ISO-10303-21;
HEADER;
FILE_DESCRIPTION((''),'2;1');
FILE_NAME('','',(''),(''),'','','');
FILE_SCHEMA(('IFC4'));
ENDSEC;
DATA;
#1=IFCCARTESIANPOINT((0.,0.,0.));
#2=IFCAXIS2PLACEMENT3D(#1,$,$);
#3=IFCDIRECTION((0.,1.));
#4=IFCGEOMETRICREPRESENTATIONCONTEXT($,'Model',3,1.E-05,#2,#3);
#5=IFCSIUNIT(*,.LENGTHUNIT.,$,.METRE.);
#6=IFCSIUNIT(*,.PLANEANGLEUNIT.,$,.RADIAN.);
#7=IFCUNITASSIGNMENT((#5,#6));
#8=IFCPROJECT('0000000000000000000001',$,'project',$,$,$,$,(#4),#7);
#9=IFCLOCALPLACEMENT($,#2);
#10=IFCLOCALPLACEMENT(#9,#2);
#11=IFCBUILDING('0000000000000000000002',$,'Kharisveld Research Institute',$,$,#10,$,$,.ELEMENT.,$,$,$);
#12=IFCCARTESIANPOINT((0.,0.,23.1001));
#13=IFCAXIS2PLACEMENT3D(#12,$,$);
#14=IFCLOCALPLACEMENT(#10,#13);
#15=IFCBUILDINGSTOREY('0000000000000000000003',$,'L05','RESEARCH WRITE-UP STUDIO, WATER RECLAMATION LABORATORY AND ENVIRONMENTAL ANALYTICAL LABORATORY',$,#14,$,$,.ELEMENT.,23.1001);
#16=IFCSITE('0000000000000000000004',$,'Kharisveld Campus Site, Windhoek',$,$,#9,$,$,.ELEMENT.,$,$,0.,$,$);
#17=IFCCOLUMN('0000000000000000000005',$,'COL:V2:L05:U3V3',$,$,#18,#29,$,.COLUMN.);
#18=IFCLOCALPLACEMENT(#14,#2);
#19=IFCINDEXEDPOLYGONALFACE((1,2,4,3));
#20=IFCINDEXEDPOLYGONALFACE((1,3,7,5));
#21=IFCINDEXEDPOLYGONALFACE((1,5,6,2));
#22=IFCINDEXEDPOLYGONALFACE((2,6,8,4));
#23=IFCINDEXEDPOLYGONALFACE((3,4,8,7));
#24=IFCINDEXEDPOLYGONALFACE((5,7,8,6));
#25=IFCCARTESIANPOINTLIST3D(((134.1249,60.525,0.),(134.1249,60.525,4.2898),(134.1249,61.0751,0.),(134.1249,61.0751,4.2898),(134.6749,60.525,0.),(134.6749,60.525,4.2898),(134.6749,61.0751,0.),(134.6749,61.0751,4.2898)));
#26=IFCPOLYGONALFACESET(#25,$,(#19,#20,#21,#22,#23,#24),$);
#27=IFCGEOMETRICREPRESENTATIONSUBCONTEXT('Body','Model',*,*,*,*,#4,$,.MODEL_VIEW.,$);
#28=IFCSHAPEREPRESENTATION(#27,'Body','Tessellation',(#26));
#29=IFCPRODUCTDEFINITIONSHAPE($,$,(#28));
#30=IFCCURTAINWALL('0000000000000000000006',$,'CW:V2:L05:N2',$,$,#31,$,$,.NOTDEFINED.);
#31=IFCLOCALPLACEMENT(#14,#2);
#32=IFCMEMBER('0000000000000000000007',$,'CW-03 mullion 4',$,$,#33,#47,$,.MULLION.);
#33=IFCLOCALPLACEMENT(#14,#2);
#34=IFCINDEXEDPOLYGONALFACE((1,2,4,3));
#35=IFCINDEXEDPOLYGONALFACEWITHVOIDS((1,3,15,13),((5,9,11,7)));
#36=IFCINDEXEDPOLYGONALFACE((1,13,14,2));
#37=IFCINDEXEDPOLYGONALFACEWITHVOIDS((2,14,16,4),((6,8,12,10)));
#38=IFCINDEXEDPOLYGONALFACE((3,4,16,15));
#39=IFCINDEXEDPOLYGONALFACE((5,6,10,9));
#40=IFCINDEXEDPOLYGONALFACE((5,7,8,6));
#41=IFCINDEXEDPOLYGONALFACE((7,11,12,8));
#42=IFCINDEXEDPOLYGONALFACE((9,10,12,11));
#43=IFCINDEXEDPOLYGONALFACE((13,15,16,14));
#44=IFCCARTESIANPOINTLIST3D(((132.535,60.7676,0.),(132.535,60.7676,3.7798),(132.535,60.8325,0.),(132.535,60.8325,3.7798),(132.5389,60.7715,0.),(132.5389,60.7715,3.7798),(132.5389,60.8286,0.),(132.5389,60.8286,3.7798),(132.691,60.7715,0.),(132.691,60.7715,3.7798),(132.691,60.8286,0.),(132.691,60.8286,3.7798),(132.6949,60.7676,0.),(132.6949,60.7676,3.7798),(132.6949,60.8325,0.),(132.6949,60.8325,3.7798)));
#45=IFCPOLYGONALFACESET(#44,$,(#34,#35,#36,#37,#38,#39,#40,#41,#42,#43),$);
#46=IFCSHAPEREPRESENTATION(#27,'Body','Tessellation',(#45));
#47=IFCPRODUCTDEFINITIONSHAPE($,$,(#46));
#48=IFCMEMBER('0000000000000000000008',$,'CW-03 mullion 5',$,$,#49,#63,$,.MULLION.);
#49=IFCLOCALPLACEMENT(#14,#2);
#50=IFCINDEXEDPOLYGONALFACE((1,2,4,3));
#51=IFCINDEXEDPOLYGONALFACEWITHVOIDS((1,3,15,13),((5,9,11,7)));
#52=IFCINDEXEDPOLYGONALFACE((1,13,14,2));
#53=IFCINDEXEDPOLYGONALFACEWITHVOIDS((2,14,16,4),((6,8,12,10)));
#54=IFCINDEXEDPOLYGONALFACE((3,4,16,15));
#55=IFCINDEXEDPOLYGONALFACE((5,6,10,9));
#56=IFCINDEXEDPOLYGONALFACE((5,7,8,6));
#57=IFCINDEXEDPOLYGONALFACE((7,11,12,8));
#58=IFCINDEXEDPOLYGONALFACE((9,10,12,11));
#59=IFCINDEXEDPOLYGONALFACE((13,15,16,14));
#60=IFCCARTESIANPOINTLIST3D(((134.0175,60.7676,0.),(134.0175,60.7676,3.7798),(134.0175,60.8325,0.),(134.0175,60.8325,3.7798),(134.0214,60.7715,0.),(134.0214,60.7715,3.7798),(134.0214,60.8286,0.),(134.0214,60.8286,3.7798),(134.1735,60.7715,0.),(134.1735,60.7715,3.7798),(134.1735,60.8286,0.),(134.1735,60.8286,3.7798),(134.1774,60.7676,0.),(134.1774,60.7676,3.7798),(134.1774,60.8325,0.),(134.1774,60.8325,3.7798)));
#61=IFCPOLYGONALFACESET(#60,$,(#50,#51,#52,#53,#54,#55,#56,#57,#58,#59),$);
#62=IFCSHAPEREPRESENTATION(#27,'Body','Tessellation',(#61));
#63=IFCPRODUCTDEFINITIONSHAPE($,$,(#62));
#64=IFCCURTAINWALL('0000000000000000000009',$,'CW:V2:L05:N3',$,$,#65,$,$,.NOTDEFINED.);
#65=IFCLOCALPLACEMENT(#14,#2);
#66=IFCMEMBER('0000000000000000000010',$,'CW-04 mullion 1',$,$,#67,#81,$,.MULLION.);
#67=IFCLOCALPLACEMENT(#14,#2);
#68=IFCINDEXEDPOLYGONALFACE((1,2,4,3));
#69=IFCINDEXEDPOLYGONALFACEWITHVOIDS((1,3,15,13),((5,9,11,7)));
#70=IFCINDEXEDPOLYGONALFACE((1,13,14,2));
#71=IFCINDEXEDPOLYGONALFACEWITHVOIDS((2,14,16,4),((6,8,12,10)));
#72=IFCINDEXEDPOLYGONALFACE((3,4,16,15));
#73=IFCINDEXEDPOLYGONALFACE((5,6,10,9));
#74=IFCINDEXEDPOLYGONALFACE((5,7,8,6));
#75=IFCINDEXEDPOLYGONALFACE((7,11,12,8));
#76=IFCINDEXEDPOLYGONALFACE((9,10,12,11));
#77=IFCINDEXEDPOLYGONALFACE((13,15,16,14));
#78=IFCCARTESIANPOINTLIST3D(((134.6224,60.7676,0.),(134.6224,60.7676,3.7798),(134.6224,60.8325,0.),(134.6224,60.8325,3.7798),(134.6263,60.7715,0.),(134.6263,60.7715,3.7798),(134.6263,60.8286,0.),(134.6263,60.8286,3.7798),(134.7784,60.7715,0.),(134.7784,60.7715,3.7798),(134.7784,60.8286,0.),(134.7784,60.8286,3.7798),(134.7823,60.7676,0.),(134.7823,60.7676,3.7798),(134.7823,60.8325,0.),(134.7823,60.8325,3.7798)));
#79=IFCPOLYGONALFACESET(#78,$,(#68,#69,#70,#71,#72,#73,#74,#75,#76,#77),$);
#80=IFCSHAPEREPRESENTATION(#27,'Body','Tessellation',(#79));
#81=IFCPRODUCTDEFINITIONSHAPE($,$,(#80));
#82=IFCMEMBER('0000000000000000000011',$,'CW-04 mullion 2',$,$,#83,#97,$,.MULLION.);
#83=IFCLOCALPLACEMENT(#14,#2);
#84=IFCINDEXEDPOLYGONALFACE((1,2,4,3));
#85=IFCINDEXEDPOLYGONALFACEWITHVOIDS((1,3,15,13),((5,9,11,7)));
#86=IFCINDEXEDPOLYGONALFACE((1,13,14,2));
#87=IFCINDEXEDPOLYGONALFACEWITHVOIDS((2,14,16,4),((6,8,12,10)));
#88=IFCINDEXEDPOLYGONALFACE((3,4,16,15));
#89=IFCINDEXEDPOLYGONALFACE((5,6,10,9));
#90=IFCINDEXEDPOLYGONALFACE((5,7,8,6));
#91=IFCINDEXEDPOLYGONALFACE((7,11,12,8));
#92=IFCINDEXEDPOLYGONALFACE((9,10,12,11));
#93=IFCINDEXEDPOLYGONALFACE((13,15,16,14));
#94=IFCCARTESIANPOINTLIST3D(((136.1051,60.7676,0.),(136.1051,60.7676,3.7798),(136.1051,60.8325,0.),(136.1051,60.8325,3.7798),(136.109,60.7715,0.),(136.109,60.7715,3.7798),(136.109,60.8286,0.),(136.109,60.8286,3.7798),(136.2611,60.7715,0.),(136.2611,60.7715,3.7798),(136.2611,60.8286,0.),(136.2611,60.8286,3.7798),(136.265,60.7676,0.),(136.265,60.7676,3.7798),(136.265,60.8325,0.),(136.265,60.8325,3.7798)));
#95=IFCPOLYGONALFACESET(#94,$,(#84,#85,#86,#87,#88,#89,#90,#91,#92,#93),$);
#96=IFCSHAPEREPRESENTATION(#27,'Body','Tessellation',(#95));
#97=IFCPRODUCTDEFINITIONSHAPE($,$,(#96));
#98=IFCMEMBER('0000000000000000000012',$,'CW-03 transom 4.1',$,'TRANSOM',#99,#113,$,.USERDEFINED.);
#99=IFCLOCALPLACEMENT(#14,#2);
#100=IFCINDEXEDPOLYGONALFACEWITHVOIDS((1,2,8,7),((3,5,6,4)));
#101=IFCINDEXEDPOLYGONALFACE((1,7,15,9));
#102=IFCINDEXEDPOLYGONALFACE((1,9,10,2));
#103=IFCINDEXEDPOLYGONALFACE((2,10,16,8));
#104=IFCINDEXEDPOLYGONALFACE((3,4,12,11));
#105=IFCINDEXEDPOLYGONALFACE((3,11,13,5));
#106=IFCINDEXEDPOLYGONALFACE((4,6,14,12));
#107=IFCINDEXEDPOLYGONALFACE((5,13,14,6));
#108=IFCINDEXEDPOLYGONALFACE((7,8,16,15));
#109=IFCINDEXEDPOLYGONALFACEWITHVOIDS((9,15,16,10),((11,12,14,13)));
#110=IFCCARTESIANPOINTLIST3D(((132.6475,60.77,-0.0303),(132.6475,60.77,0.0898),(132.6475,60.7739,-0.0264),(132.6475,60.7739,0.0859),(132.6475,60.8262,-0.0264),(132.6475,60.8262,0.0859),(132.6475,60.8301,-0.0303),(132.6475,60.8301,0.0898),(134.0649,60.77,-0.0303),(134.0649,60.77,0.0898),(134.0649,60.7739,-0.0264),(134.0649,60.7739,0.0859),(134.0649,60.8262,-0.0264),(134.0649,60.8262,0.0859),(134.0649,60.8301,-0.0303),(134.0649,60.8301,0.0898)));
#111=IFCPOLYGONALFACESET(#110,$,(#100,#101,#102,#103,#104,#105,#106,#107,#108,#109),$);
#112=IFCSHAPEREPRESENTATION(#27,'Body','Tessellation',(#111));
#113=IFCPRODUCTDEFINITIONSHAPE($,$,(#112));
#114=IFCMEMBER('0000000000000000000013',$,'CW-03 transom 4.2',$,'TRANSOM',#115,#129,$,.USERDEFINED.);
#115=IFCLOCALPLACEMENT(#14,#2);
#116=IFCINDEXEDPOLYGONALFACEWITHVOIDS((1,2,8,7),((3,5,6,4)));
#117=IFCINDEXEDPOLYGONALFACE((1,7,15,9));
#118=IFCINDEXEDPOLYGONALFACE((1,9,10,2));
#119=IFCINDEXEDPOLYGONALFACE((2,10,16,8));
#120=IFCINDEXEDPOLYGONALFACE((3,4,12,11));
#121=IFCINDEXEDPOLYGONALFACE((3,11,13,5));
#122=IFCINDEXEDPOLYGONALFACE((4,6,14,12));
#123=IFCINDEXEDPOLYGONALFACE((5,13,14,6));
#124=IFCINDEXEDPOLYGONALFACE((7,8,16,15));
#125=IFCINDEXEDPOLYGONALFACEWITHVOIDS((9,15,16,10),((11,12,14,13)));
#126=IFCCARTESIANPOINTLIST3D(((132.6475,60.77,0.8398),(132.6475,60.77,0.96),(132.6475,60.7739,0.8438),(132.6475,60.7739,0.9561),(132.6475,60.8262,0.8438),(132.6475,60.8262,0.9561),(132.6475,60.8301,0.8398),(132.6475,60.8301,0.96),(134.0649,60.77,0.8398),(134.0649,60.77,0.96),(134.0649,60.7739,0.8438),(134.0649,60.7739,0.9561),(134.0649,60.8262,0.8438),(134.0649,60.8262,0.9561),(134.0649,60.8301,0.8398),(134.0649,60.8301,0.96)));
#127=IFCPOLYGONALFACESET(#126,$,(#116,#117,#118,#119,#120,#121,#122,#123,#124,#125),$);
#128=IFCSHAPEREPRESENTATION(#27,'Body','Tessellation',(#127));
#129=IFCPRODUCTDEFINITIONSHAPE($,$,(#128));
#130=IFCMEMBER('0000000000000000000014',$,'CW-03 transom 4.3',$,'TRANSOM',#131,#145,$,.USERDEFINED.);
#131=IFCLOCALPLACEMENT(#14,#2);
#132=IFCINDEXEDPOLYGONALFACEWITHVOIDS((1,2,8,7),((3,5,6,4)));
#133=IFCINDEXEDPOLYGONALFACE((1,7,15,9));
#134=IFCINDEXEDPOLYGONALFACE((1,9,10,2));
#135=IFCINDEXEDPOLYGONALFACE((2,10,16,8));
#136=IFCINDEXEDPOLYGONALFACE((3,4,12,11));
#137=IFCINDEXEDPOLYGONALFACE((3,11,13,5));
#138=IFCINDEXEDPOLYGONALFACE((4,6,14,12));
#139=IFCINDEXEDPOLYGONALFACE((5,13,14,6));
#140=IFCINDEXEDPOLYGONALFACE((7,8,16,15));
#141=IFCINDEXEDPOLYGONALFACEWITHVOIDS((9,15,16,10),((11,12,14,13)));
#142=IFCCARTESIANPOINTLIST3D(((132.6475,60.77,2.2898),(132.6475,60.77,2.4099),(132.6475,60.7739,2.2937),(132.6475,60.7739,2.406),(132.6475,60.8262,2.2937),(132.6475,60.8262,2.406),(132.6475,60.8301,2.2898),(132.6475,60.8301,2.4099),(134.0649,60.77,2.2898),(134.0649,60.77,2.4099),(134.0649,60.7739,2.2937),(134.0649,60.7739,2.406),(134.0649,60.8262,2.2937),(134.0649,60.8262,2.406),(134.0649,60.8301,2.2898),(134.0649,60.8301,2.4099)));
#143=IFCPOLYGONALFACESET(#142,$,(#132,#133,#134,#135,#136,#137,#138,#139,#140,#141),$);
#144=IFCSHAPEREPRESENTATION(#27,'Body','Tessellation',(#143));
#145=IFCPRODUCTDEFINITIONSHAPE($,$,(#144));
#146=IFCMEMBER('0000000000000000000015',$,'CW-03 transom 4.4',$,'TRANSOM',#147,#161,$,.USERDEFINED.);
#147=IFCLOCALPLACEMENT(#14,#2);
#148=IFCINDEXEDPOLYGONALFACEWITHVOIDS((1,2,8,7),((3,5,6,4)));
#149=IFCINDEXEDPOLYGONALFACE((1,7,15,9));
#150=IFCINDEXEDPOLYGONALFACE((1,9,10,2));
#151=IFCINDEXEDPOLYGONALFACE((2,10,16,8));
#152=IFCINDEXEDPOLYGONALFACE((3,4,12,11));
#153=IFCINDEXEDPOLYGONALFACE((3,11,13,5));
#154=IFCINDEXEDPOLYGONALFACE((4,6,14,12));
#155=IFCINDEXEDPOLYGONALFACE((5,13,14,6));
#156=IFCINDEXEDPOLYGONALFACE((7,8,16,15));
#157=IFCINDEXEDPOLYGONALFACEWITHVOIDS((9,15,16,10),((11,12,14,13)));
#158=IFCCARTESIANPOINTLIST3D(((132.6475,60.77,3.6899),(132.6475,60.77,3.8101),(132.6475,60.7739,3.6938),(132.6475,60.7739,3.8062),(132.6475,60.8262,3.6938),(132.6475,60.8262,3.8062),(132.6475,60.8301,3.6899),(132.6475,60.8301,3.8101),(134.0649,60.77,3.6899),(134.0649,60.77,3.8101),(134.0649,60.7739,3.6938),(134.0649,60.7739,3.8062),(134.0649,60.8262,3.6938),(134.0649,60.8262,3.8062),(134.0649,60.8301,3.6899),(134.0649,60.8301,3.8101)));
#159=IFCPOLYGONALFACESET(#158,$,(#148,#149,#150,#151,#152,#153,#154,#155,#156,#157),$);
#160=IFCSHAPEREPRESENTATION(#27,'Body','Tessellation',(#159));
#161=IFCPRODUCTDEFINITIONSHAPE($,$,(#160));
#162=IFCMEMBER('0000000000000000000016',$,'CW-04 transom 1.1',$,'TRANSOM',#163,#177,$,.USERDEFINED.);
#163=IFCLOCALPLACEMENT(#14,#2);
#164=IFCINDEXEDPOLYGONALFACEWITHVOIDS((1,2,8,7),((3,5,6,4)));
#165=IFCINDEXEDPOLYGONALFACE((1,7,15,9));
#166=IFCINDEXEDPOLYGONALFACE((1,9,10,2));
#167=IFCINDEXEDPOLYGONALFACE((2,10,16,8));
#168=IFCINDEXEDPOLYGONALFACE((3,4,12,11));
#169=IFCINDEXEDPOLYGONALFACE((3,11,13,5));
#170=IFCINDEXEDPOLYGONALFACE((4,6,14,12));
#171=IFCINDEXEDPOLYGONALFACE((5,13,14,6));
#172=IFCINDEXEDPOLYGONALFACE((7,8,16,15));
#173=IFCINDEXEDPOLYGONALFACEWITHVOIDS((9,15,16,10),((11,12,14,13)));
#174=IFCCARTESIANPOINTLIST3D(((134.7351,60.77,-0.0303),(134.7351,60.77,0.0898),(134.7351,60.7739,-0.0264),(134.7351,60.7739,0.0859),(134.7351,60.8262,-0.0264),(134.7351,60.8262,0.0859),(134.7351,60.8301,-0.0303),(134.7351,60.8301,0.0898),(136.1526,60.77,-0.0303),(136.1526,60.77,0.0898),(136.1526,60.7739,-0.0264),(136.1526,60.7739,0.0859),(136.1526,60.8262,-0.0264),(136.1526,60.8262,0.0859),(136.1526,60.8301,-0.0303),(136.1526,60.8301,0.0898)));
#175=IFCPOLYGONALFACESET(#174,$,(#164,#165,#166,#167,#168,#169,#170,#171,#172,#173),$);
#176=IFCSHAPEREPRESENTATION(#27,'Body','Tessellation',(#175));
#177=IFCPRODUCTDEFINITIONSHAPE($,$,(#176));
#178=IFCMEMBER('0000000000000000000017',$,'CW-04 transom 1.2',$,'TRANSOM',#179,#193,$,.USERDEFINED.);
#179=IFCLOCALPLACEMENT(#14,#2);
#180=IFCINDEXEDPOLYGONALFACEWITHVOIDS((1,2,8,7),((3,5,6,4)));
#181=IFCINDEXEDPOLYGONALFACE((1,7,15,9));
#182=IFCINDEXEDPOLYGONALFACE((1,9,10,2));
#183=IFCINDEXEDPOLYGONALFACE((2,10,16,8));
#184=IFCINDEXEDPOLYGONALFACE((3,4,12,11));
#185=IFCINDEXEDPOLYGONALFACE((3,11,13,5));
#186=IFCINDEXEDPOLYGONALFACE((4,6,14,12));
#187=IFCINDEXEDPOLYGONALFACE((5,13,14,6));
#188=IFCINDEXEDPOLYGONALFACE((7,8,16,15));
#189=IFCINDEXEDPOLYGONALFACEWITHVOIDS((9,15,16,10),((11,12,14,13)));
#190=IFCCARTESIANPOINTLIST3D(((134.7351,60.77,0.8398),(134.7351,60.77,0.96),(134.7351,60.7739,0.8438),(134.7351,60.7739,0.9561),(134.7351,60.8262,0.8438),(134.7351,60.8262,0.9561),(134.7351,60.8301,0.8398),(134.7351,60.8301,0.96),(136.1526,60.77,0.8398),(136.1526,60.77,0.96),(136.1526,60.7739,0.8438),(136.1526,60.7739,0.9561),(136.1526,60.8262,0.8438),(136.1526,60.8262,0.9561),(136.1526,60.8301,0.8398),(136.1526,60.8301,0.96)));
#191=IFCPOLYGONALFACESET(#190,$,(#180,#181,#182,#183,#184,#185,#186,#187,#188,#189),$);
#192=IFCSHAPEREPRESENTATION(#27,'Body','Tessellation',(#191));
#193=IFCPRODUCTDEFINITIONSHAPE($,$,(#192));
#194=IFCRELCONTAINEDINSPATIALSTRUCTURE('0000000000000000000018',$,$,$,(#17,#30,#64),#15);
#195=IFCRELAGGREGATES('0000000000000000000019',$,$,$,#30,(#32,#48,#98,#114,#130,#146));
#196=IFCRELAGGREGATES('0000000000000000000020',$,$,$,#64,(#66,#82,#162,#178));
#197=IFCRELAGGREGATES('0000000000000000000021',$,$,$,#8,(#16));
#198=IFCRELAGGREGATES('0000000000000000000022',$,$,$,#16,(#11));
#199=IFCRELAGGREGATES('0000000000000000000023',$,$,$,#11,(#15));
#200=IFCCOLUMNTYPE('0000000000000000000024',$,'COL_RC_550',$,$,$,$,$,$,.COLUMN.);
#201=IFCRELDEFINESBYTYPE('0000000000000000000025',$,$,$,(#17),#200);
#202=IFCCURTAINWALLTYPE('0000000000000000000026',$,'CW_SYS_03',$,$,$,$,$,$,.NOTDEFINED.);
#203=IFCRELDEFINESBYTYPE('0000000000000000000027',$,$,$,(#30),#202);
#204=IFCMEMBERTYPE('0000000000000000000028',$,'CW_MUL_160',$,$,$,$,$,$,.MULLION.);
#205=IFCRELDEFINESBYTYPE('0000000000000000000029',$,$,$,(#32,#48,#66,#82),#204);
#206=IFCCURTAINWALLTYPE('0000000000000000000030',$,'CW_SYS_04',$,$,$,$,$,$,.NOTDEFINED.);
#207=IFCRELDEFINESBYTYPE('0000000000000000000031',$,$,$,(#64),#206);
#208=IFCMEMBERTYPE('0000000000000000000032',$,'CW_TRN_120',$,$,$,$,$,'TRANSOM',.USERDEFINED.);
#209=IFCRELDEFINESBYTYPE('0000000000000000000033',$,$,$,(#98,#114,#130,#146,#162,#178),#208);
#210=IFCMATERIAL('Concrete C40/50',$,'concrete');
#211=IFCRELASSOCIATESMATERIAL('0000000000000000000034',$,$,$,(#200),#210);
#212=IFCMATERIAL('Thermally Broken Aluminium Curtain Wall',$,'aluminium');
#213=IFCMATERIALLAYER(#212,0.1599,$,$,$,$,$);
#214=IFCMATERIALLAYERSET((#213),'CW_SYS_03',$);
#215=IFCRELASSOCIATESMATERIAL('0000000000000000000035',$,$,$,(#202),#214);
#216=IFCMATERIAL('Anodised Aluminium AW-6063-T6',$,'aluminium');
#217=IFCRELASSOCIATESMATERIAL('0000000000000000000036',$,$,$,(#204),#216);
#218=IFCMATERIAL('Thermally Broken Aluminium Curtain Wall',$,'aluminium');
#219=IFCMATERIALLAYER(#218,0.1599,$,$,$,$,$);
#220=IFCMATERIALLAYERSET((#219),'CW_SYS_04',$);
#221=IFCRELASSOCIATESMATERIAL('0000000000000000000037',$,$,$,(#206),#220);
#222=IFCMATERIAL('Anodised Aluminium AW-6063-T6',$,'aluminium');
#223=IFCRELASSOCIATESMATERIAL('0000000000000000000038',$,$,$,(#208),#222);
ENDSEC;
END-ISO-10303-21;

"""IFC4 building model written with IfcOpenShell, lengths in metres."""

from ifc_helpers import new_model, si_unit, direction, frame, origin, origin_2d, place, context, subcontext, project, spatial, rectangle, hollow_rectangle, extrude, material, layer, layer_set, material_profile, profile_set, type_object, element, aggregate, save


model = new_model("IFC4")

# Units and contexts
model_context = context("Model", 3, precision=1e-05, world=origin(), true_north=direction((0.0, 1.0)))
body_context = subcontext(model_context, "Body", "Model", "MODEL_VIEW")
ifc_project = project(units=[si_unit("LENGTHUNIT", "METRE"), si_unit("PLANEANGLEUNIT", "RADIAN")], contexts=[model_context])

# Site, building, storey
site_placement = place(None, origin())
site = spatial("IfcSite", under=ifc_project, at=site_placement, Name="Kharisveld Campus Site, Windhoek", CompositionType="ELEMENT", RefElevation=0.0)
building_placement = place(site_placement, origin())
building = spatial("IfcBuilding", under=site, at=building_placement, Name="Kharisveld Research Institute", CompositionType="ELEMENT")
storey_placement = place(building_placement, frame((0.0, 0.0, 23.1001)))
storey = spatial("IfcBuildingStorey", under=building, at=storey_placement, Name="L05", Description="RESEARCH WRITE-UP STUDIO, WATER RECLAMATION LABORATORY AND ENVIRONMENTAL ANALYTICAL LABORATORY", CompositionType="ELEMENT", Elevation=23.1001)

# Column
ifc_material_1 = material(Name="Concrete C40/50", Category="concrete")
ifc_material_profile_1 = material_profile(ifc_material_1, rectangle(XDim=0.55, YDim=0.55, at=origin_2d()))
ifc_profile_set_1 = profile_set([ifc_material_profile_1], Name="Concrete C40/50")
column_type = type_object("IfcColumnType", Name="COL_RC_550", PredefinedType="COLUMN", material=ifc_profile_set_1)
column_placement = place(storey_placement, frame((134.3999, 60.8, 0.0), z_axis=(0.0, 0.0, 1.0), x_axis=(1.0, 0.0, 0.0)))
element("IfcColumn", 1, at=column_placement, inside=storey, type_object=column_type, Name="COL:V2:L05:U3V3", PredefinedType="COLUMN", context=body_context, shape_type="SweptSolid", body=[
    extrude(rectangle(XDim=0.55, YDim=0.55, at=origin_2d()), origin(), (0.0, 0.0, 1.0), 4.2898),
])

# Curtain walls, members
ifc_material_2 = material(Name="Thermally Broken Aluminium Curtain Wall", Category="aluminium")
ifc_layer_1 = layer(ifc_material_2, 0.1599)
ifc_layer_set_1 = layer_set([ifc_layer_1], Name="CW_SYS_03")
curtain_wall_type_1 = type_object("IfcCurtainWallType", Name="CW_SYS_03", PredefinedType="NOTDEFINED", material=ifc_layer_set_1)
curtain_wall_1_placement = place(storey_placement, origin())
curtain_wall_1 = element("IfcCurtainWall", 2, at=curtain_wall_1_placement, inside=storey, type_object=curtain_wall_type_1, Name="CW:V2:L05:N2", PredefinedType="NOTDEFINED")
ifc_material_3 = material(Name="Anodised Aluminium AW-6063-T6", Category="aluminium")
ifc_material_profile_2 = material_profile(ifc_material_3, hollow_rectangle(XDim=0.0649, YDim=0.1599, WallThickness=0.0039, at=origin_2d()))
ifc_profile_set_2 = profile_set([ifc_material_profile_2], Name="Anodised Aluminium AW-6063-T6")
member_type_1 = type_object("IfcMemberType", Name="CW_MUL_160", PredefinedType="MULLION", material=ifc_profile_set_2)
member_1_placement = place(storey_placement, frame((132.615, 60.8, 0.0), z_axis=(0.0, 0.0, 1.0), x_axis=(0.0, 1.0, 0.0)))
member_1 = element("IfcMember", 3, at=member_1_placement, type_object=member_type_1, Name="CW-03 mullion 4", PredefinedType="MULLION", context=body_context, shape_type="SweptSolid", body=[
    extrude(hollow_rectangle(XDim=0.0649, YDim=0.1599, WallThickness=0.0039, at=origin_2d()), origin(), (0.0, 0.0, 1.0), 3.7798),
])
member_2_placement = place(storey_placement, frame((134.0974, 60.8, 0.0), z_axis=(0.0, 0.0, 1.0), x_axis=(0.0, 1.0, 0.0)))
member_2 = element("IfcMember", 4, at=member_2_placement, type_object=member_type_1, Name="CW-03 mullion 5", PredefinedType="MULLION", context=body_context, shape_type="SweptSolid", body=[
    extrude(hollow_rectangle(XDim=0.0649, YDim=0.1599, WallThickness=0.0039, at=origin_2d()), origin(), (0.0, 0.0, 1.0), 3.7798),
])
ifc_material_4 = material(Name="Thermally Broken Aluminium Curtain Wall", Category="aluminium")
ifc_layer_2 = layer(ifc_material_4, 0.1599)
ifc_layer_set_2 = layer_set([ifc_layer_2], Name="CW_SYS_04")
curtain_wall_type_2 = type_object("IfcCurtainWallType", Name="CW_SYS_04", PredefinedType="NOTDEFINED", material=ifc_layer_set_2)
curtain_wall_2_placement = place(storey_placement, origin())
curtain_wall_2 = element("IfcCurtainWall", 5, at=curtain_wall_2_placement, inside=storey, type_object=curtain_wall_type_2, Name="CW:V2:L05:N3", PredefinedType="NOTDEFINED")
member_3_placement = place(storey_placement, frame((134.7024, 60.8, 0.0), z_axis=(0.0, 0.0, 1.0), x_axis=(0.0, 1.0, 0.0)))
member_3 = element("IfcMember", 6, at=member_3_placement, type_object=member_type_1, Name="CW-04 mullion 1", PredefinedType="MULLION", context=body_context, shape_type="SweptSolid", body=[
    extrude(hollow_rectangle(XDim=0.0649, YDim=0.1599, WallThickness=0.0039, at=origin_2d()), origin(), (0.0, 0.0, 1.0), 3.7798),
])
member_4_placement = place(storey_placement, frame((136.1851, 60.8, 0.0), z_axis=(0.0, 0.0, 1.0), x_axis=(0.0, 1.0, 0.0)))
member_4 = element("IfcMember", 7, at=member_4_placement, type_object=member_type_1, Name="CW-04 mullion 2", PredefinedType="MULLION", context=body_context, shape_type="SweptSolid", body=[
    extrude(hollow_rectangle(XDim=0.0649, YDim=0.1599, WallThickness=0.0039, at=origin_2d()), origin(), (0.0, 0.0, 1.0), 3.7798),
])

# Members
ifc_material_5 = material(Name="Anodised Aluminium AW-6063-T6", Category="aluminium")
ifc_material_profile_3 = material_profile(ifc_material_5, hollow_rectangle(XDim=0.0601, YDim=0.1201, WallThickness=0.0039, at=origin_2d()))
ifc_profile_set_3 = profile_set([ifc_material_profile_3], Name="Anodised Aluminium AW-6063-T6")
member_type_2 = type_object("IfcMemberType", Name="CW_TRN_120", ElementType="TRANSOM", PredefinedType="USERDEFINED", material=ifc_profile_set_3)
member_5_placement = place(storey_placement, frame((132.6475, 60.8, 0.0298), z_axis=(1.0, 0.0, 0.0), x_axis=(0.0, 1.0, 0.0)))
member_5 = element("IfcMember", 8, at=member_5_placement, type_object=member_type_2, Name="CW-03 transom 4.1", ObjectType="TRANSOM", PredefinedType="USERDEFINED", context=body_context, shape_type="SweptSolid", body=[
    extrude(hollow_rectangle(XDim=0.0601, YDim=0.1201, WallThickness=0.0039, at=origin_2d()), origin(), (0.0, 0.0, 1.0), 1.4175),
])
member_6_placement = place(storey_placement, frame((132.6475, 60.8, 0.8999), z_axis=(1.0, 0.0, 0.0), x_axis=(0.0, 1.0, 0.0)))
member_6 = element("IfcMember", 9, at=member_6_placement, type_object=member_type_2, Name="CW-03 transom 4.2", ObjectType="TRANSOM", PredefinedType="USERDEFINED", context=body_context, shape_type="SweptSolid", body=[
    extrude(hollow_rectangle(XDim=0.0601, YDim=0.1201, WallThickness=0.0039, at=origin_2d()), origin(), (0.0, 0.0, 1.0), 1.4175),
])
member_7_placement = place(storey_placement, frame((132.6475, 60.8, 2.3499), z_axis=(1.0, 0.0, 0.0), x_axis=(0.0, 1.0, 0.0)))
member_7 = element("IfcMember", 10, at=member_7_placement, type_object=member_type_2, Name="CW-03 transom 4.3", ObjectType="TRANSOM", PredefinedType="USERDEFINED", context=body_context, shape_type="SweptSolid", body=[
    extrude(hollow_rectangle(XDim=0.0601, YDim=0.1201, WallThickness=0.0039, at=origin_2d()), origin(), (0.0, 0.0, 1.0), 1.4175),
])
member_8_placement = place(storey_placement, frame((132.6475, 60.8, 3.75), z_axis=(1.0, 0.0, 0.0), x_axis=(0.0, 1.0, 0.0)))
member_8 = element("IfcMember", 11, at=member_8_placement, type_object=member_type_2, Name="CW-03 transom 4.4", ObjectType="TRANSOM", PredefinedType="USERDEFINED", context=body_context, shape_type="SweptSolid", body=[
    extrude(hollow_rectangle(XDim=0.0601, YDim=0.1201, WallThickness=0.0039, at=origin_2d()), origin(), (0.0, 0.0, 1.0), 1.4175),
])
member_9_placement = place(storey_placement, frame((134.7351, 60.8, 0.0298), z_axis=(1.0, 0.0, 0.0), x_axis=(0.0, 1.0, 0.0)))
member_9 = element("IfcMember", 12, at=member_9_placement, type_object=member_type_2, Name="CW-04 transom 1.1", ObjectType="TRANSOM", PredefinedType="USERDEFINED", context=body_context, shape_type="SweptSolid", body=[
    extrude(hollow_rectangle(XDim=0.0601, YDim=0.1201, WallThickness=0.0039, at=origin_2d()), origin(), (0.0, 0.0, 1.0), 1.4175),
])
member_10_placement = place(storey_placement, frame((134.7351, 60.8, 0.8999), z_axis=(1.0, 0.0, 0.0), x_axis=(0.0, 1.0, 0.0)))
member_10 = element("IfcMember", 13, at=member_10_placement, type_object=member_type_2, Name="CW-04 transom 1.2", ObjectType="TRANSOM", PredefinedType="USERDEFINED", context=body_context, shape_type="SweptSolid", body=[
    extrude(hollow_rectangle(XDim=0.0601, YDim=0.1201, WallThickness=0.0039, at=origin_2d()), origin(), (0.0, 0.0, 1.0), 1.4175),
])

aggregate(curtain_wall_1, [member_1, member_2, member_5, member_6, member_7, member_8])
aggregate(curtain_wall_2, [member_3, member_4, member_9, member_10])

save(model, "model.ifc")
